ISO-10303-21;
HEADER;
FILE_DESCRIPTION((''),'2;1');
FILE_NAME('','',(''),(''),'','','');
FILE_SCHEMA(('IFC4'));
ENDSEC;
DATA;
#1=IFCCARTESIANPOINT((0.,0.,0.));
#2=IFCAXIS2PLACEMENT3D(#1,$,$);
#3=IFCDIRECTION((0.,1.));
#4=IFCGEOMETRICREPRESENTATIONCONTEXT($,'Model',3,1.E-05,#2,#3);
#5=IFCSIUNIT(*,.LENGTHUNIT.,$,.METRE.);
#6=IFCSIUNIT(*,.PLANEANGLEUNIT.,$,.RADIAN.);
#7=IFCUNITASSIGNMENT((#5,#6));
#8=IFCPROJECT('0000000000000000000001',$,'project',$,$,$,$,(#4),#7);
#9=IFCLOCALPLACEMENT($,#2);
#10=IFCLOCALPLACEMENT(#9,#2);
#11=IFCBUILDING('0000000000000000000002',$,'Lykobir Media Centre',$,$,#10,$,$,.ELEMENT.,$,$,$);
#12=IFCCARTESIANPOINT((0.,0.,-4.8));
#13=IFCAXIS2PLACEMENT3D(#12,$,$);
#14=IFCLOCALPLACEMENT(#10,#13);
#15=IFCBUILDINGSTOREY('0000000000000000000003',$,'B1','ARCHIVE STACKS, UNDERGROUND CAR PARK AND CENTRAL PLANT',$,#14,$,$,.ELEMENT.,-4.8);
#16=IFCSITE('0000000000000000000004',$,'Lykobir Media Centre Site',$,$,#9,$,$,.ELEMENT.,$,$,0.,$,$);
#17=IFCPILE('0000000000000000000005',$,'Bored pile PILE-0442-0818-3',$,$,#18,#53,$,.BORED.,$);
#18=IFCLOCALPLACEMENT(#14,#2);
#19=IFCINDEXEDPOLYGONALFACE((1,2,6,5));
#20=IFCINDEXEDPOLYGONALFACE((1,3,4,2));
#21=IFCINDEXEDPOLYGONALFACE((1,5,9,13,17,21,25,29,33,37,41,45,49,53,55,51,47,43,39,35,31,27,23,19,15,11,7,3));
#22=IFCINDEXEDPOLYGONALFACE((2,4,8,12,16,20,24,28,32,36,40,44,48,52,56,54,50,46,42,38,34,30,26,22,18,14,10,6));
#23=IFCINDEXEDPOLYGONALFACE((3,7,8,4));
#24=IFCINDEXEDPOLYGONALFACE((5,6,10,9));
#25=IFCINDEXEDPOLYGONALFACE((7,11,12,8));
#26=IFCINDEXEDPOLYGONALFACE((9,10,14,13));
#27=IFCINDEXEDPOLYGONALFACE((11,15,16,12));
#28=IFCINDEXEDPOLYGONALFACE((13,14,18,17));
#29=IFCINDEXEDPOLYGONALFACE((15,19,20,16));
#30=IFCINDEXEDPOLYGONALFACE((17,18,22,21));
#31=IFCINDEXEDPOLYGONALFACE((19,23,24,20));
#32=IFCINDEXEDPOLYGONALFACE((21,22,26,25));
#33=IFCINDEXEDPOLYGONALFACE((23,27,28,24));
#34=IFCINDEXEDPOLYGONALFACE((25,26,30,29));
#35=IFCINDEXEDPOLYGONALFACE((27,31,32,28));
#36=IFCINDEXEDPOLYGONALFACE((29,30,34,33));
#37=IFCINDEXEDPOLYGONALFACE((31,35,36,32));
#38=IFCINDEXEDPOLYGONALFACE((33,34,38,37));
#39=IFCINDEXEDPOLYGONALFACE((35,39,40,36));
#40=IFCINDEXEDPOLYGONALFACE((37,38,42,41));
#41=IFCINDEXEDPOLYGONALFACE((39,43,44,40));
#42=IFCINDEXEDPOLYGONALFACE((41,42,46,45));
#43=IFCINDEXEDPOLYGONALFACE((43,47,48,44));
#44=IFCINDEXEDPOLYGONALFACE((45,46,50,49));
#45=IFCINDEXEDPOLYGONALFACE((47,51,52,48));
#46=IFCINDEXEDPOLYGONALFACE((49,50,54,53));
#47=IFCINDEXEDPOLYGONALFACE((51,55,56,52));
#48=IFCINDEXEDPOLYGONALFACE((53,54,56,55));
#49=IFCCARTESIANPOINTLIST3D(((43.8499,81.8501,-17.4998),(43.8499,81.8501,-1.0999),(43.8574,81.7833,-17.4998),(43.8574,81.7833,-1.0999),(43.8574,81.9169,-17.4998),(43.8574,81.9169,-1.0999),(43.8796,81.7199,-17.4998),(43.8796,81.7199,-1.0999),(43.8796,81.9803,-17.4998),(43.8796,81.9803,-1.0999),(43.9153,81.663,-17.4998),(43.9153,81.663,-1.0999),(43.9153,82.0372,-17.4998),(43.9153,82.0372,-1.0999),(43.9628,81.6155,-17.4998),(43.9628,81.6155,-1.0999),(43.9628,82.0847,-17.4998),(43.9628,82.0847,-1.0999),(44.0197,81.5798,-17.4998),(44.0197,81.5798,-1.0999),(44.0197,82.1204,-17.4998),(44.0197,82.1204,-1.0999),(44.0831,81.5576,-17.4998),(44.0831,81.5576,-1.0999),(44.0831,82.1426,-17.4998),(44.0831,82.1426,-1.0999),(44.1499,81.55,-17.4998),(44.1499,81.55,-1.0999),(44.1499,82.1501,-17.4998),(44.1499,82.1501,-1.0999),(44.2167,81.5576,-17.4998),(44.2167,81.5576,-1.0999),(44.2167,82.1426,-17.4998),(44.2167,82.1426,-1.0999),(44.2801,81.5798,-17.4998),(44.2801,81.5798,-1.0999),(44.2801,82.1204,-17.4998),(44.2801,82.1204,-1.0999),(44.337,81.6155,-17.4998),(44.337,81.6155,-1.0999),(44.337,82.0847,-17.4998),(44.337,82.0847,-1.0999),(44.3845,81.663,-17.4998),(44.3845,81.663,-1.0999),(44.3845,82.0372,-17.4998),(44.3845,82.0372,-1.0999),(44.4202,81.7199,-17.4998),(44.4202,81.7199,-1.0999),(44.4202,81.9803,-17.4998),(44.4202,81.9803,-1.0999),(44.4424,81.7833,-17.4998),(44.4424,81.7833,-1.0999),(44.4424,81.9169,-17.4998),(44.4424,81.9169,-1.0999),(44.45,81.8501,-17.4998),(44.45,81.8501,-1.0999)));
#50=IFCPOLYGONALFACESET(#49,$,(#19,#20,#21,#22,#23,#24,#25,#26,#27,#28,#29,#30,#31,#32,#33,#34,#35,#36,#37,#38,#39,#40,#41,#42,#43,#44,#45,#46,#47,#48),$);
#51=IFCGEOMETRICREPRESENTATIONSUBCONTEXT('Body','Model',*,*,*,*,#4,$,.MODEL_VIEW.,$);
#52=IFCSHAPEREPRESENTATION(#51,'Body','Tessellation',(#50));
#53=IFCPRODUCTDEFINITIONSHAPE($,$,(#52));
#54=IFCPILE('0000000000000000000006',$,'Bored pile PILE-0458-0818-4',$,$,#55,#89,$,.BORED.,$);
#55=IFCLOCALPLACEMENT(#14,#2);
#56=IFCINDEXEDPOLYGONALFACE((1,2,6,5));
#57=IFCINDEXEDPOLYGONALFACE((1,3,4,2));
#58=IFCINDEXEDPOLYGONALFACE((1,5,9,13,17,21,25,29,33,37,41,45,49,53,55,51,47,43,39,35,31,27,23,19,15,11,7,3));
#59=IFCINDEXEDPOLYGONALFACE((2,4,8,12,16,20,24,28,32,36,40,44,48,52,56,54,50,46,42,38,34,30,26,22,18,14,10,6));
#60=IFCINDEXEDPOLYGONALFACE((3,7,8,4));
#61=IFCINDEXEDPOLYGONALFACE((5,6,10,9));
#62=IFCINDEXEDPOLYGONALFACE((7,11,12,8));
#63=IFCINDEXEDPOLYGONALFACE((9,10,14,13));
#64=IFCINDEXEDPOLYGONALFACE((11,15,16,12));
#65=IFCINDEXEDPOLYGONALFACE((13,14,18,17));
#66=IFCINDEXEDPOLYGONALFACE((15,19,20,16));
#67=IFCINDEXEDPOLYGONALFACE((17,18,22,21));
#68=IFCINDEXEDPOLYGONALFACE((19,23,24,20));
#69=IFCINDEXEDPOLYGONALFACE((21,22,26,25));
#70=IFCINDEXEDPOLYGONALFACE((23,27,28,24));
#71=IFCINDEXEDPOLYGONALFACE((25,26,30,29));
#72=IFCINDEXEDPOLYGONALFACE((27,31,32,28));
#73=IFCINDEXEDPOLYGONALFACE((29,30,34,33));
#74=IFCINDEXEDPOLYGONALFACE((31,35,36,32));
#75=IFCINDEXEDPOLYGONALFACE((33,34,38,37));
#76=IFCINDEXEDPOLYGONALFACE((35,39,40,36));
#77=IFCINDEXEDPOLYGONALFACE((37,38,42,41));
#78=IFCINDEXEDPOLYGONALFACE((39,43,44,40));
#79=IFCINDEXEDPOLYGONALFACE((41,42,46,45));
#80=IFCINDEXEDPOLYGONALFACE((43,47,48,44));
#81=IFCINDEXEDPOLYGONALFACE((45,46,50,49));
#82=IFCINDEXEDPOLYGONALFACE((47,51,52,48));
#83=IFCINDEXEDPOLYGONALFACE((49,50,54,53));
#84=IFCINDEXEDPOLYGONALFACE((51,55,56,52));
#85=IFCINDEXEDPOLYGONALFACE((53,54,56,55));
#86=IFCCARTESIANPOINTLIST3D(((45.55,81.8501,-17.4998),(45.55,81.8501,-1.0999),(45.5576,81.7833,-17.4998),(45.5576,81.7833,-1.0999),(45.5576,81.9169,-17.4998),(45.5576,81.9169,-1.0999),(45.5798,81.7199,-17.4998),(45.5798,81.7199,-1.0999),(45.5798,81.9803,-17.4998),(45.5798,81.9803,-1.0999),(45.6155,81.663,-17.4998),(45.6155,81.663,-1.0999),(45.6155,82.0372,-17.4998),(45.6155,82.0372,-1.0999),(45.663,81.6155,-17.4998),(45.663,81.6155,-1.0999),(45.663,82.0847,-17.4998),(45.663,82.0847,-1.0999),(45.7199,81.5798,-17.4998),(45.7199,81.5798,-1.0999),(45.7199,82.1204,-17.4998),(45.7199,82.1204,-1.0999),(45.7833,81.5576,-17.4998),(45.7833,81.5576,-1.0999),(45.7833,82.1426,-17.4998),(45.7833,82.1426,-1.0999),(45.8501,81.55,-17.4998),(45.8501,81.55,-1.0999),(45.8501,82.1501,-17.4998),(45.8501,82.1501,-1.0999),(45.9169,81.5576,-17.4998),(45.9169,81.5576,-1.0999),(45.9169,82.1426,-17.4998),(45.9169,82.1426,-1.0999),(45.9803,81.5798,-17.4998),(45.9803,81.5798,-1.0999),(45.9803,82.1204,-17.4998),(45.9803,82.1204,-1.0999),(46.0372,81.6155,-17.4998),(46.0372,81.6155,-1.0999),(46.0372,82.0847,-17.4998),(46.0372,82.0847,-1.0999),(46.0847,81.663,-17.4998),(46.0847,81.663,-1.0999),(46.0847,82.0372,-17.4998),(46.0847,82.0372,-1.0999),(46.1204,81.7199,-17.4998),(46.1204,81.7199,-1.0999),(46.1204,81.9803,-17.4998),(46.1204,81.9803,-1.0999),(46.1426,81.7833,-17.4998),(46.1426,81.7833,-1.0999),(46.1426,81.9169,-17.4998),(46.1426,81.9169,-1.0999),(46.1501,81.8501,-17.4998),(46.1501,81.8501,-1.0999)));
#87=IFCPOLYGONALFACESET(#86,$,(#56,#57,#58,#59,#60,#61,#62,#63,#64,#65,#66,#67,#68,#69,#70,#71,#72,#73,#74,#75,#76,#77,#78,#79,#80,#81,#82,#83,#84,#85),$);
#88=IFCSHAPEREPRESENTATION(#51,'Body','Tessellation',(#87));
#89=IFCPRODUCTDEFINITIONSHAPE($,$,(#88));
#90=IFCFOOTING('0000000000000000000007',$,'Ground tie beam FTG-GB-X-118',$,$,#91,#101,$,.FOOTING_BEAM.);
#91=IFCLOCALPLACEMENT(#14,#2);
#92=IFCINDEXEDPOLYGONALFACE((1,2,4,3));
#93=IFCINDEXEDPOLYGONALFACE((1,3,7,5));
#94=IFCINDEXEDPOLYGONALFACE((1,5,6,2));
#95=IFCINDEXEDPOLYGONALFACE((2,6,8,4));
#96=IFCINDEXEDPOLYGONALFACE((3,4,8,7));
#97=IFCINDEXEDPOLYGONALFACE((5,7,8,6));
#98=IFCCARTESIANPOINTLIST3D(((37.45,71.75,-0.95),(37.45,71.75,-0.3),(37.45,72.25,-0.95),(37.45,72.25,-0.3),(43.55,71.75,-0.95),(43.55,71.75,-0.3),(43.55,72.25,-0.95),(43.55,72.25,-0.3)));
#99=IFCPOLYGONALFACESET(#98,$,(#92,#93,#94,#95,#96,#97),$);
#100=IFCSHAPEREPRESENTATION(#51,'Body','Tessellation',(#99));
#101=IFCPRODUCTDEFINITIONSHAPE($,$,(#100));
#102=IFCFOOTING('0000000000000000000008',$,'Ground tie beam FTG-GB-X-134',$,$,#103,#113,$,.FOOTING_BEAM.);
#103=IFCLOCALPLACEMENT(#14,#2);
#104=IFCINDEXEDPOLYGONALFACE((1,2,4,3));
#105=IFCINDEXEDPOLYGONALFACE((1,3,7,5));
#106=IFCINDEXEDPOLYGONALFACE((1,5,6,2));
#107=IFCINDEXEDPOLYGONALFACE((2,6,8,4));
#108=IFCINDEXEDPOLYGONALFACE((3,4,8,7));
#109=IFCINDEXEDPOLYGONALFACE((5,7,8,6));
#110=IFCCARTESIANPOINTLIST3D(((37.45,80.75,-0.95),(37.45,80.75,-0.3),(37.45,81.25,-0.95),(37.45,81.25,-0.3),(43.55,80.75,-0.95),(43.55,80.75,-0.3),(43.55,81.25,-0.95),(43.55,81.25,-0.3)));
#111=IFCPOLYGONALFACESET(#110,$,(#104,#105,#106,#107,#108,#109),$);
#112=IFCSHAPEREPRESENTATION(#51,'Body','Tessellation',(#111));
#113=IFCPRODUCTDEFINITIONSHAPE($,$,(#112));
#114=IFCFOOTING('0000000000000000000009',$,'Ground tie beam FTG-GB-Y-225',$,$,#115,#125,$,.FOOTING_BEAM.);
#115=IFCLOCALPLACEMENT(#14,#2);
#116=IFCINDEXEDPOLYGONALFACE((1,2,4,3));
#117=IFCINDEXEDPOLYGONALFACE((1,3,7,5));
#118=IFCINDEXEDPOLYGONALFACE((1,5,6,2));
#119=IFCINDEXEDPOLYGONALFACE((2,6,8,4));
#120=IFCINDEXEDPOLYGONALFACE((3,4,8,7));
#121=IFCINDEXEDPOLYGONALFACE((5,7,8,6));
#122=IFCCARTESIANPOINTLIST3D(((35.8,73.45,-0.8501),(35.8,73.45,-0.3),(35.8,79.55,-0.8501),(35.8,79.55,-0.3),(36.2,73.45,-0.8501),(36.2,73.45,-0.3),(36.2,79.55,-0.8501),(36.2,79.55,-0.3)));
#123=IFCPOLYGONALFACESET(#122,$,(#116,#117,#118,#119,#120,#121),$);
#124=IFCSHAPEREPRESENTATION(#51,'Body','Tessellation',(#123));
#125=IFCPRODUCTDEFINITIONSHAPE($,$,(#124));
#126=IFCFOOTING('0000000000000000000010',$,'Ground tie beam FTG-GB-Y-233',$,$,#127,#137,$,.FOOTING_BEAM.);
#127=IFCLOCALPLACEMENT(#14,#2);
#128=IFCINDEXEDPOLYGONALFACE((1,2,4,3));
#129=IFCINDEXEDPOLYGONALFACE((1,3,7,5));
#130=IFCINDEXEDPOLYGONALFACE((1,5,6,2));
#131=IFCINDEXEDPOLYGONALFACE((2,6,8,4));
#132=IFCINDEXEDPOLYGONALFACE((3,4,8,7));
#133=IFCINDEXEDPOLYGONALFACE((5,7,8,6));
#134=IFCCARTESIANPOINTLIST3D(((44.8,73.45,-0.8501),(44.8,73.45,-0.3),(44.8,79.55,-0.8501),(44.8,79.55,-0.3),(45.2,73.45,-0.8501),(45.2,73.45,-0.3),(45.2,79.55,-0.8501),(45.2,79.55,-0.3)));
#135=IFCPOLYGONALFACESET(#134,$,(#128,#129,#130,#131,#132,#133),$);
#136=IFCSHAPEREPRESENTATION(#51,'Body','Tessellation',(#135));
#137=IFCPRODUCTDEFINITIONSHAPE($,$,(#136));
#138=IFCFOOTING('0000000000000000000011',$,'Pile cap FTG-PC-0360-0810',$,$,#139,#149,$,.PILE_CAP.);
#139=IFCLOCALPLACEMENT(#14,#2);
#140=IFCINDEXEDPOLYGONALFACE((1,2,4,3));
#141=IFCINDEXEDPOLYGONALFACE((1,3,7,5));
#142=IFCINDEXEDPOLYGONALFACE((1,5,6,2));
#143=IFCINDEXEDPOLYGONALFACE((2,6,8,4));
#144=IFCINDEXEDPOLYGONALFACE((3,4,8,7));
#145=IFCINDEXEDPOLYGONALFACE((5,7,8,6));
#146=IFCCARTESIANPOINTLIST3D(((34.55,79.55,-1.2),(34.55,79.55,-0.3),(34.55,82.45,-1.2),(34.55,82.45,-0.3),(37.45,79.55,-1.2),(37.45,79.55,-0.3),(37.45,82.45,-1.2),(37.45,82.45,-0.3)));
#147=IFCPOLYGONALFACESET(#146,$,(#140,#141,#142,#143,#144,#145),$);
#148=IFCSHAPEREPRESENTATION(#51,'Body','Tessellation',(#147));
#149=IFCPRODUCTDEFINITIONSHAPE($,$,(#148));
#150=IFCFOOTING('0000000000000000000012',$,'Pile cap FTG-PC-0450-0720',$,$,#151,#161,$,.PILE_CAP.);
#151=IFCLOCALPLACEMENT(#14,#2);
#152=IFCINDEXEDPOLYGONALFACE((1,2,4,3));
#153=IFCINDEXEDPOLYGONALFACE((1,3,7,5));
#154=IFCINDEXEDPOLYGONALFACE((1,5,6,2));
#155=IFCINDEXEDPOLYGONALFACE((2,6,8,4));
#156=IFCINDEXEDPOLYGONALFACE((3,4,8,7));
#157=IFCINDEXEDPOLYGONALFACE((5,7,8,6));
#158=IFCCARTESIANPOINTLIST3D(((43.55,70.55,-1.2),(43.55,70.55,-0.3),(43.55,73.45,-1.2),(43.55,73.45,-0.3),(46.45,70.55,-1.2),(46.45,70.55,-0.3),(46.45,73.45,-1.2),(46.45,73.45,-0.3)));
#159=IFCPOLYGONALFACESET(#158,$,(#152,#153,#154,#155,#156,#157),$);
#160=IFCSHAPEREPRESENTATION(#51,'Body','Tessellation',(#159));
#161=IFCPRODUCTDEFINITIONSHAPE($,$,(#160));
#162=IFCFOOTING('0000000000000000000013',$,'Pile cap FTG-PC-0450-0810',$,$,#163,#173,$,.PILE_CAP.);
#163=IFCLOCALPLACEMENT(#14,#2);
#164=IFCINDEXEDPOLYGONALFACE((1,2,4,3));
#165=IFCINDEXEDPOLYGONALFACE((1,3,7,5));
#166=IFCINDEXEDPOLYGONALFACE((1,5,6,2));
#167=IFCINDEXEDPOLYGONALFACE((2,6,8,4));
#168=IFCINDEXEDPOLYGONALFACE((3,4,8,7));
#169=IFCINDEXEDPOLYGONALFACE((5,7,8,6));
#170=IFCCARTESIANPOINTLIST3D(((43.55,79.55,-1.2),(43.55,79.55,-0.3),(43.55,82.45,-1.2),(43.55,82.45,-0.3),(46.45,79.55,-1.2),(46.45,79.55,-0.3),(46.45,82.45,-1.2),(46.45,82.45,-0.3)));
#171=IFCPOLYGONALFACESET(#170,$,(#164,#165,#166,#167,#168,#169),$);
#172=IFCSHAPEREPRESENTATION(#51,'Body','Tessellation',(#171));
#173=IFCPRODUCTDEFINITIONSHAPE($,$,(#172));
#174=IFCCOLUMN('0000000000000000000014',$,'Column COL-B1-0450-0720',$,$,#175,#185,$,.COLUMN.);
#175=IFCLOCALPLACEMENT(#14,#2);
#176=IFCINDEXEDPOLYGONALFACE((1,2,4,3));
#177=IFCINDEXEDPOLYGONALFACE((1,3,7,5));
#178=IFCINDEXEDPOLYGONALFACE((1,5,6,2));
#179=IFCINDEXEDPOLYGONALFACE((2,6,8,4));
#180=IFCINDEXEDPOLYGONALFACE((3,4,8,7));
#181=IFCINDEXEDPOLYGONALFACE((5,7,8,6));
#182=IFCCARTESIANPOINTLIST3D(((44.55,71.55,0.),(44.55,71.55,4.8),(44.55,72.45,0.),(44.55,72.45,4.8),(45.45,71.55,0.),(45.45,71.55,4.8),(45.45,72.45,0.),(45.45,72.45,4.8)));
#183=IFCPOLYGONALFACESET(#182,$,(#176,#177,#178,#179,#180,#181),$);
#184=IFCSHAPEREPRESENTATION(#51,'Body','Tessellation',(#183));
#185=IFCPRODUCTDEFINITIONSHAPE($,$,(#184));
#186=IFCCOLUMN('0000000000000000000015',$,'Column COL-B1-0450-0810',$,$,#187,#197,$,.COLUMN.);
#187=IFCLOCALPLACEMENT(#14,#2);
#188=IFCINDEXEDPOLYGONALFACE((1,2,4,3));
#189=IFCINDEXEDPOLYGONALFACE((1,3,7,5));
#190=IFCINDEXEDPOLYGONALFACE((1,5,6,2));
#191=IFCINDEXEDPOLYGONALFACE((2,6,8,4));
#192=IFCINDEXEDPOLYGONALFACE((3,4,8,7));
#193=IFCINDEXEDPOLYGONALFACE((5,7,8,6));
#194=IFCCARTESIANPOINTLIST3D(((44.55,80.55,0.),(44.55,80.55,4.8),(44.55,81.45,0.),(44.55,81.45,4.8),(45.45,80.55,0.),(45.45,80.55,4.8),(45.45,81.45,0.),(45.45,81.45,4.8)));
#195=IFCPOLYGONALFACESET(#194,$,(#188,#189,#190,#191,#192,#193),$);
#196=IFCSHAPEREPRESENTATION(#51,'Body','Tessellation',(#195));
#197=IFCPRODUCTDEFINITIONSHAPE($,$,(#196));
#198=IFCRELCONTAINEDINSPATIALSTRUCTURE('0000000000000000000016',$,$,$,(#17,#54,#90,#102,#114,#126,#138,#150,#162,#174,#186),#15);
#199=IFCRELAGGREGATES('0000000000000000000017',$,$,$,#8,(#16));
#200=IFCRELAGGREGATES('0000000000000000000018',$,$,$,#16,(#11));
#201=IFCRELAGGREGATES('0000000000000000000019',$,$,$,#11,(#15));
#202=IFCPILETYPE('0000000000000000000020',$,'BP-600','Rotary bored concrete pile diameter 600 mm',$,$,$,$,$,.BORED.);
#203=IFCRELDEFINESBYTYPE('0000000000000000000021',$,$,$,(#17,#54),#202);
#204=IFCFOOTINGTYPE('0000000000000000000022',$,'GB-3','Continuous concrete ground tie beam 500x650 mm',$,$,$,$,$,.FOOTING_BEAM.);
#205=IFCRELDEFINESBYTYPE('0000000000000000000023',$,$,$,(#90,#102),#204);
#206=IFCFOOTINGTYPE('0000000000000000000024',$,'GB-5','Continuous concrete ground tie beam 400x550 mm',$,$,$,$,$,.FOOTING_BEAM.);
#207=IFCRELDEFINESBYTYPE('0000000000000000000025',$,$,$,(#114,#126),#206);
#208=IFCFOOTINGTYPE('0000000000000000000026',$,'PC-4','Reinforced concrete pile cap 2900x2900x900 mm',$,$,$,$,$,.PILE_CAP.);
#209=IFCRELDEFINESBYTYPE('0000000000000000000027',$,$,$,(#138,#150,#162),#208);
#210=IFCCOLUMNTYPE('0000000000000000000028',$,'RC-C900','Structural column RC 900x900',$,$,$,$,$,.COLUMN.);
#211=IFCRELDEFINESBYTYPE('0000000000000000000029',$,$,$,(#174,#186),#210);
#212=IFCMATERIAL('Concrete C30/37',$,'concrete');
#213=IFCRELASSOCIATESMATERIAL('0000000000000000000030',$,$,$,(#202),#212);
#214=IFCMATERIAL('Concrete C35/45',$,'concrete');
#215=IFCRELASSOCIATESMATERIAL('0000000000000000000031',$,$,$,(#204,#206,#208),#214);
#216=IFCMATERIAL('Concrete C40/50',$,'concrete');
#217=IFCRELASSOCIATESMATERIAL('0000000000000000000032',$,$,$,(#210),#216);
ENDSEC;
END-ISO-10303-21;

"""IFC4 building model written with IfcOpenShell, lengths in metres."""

from ifc_helpers import new_model, si_unit, direction, frame, origin, origin_2d, place, context, subcontext, project, spatial, rectangle, circle, extrude, material, material_profile, profile_set, type_object, element, save


model = new_model("IFC4")

# Units and contexts
model_context = context("Model", 3, precision=1e-05, world=origin(), true_north=direction((0.0, 1.0)))
body_context = subcontext(model_context, "Body", "Model", "MODEL_VIEW")
ifc_project = project(units=[si_unit("LENGTHUNIT", "METRE"), si_unit("PLANEANGLEUNIT", "RADIAN")], contexts=[model_context])

# Site, building, storey
site_placement = place(None, origin())
site = spatial("IfcSite", under=ifc_project, at=site_placement, Name="Lykobir Media Centre Site", CompositionType="ELEMENT", RefElevation=0.0)
building_placement = place(site_placement, origin())
building = spatial("IfcBuilding", under=site, at=building_placement, Name="Lykobir Media Centre", CompositionType="ELEMENT")
storey_placement = place(building_placement, frame((0.0, 0.0, -4.8)))
storey = spatial("IfcBuildingStorey", under=building, at=storey_placement, Name="B1", Description="ARCHIVE STACKS, UNDERGROUND CAR PARK AND CENTRAL PLANT", CompositionType="ELEMENT", Elevation=-4.8)

# Piles
ifc_material_1 = material(Name="Concrete C30/37", Category="concrete")
ifc_material_profile_1 = material_profile(ifc_material_1, circle(Radius=0.3, at=origin_2d()), Name="BORED PILE D600")
ifc_profile_set_1 = profile_set([ifc_material_profile_1], Name="Concrete C30/37")
pile_type = type_object("IfcPileType", Name="BP-600", Description="Rotary bored concrete pile diameter 600 mm", PredefinedType="BORED", material=ifc_profile_set_1)
for number, where, z_axis, x_axis, name in (
    (1, (44.1499, 81.8501, -1.0999), (0.0, 0.0, -1.0), (1.0, 0.0, 0.0), "Bored pile PILE-0442-0818-3"),
    (2, (45.8501, 81.8501, -1.0999), (0.0, 0.0, -1.0), (1.0, 0.0, 0.0), "Bored pile PILE-0458-0818-4"),
):
    element("IfcPile", number, at=place(storey_placement, frame(where, z_axis=z_axis, x_axis=x_axis)), inside=storey, type_object=pile_type, Name=name, PredefinedType="BORED", context=body_context, shape_type="SweptSolid", body=[
        extrude(circle(Radius=0.3, at=origin_2d()), origin(), (0.0, 0.0, 1.0), 16.3999),
    ])

# Footings
ifc_material_2 = material(Name="Concrete C35/45", Category="concrete")
footing_type_1 = type_object("IfcFootingType", Name="GB-3", Description="Continuous concrete ground tie beam 500x650 mm", PredefinedType="FOOTING_BEAM", material=ifc_material_2)
for number, where, z_axis, x_axis, name in (
    (3, (40.5, 72.0, -0.95), (0.0, 0.0, 1.0), (1.0, 0.0, 0.0), "Ground tie beam FTG-GB-X-118"),
    (4, (40.5, 81.0, -0.95), (0.0, 0.0, 1.0), (1.0, 0.0, 0.0), "Ground tie beam FTG-GB-X-134"),
):
    element("IfcFooting", number, at=place(storey_placement, frame(where, z_axis=z_axis, x_axis=x_axis)), inside=storey, type_object=footing_type_1, Name=name, PredefinedType="FOOTING_BEAM", context=body_context, shape_type="SweptSolid", body=[
        extrude(rectangle(XDim=6.1001, YDim=0.5, at=origin_2d()), origin(), (0.0, 0.0, 1.0), 0.6499),
    ])
footing_type_2 = type_object("IfcFootingType", Name="GB-5", Description="Continuous concrete ground tie beam 400x550 mm", PredefinedType="FOOTING_BEAM", material=ifc_material_2)
for number, where, z_axis, x_axis, name in (
    (5, (36.0, 76.5, -0.8501), (0.0, 0.0, 1.0), (0.0, 1.0, 0.0), "Ground tie beam FTG-GB-Y-225"),
    (6, (45.0, 76.5, -0.8501), (0.0, 0.0, 1.0), (0.0, 1.0, 0.0), "Ground tie beam FTG-GB-Y-233"),
):
    element("IfcFooting", number, at=place(storey_placement, frame(where, z_axis=z_axis, x_axis=x_axis)), inside=storey, type_object=footing_type_2, Name=name, PredefinedType="FOOTING_BEAM", context=body_context, shape_type="SweptSolid", body=[
        extrude(rectangle(XDim=6.1001, YDim=0.3999, at=origin_2d()), origin(), (0.0, 0.0, 1.0), 0.55),
    ])
footing_type_3 = type_object("IfcFootingType", Name="PC-4", Description="Reinforced concrete pile cap 2900x2900x900 mm", PredefinedType="PILE_CAP", material=ifc_material_2)
for number, where, z_axis, x_axis, name in (
    (7, (36.0, 81.0, -1.2), (0.0, 0.0, 1.0), (1.0, 0.0, 0.0), "Pile cap FTG-PC-0360-0810"),
    (8, (45.0, 72.0, -1.2), (0.0, 0.0, 1.0), (1.0, 0.0, 0.0), "Pile cap FTG-PC-0450-0720"),
    (9, (45.0, 81.0, -1.2), (0.0, 0.0, 1.0), (1.0, 0.0, 0.0), "Pile cap FTG-PC-0450-0810"),
):
    element("IfcFooting", number, at=place(storey_placement, frame(where, z_axis=z_axis, x_axis=x_axis)), inside=storey, type_object=footing_type_3, Name=name, PredefinedType="PILE_CAP", context=body_context, shape_type="SweptSolid", body=[
        extrude(rectangle(XDim=2.8999, YDim=2.8999, at=origin_2d()), origin(), (0.0, 0.0, 1.0), 0.8999),
    ])

# Columns
ifc_material_3 = material(Name="Concrete C40/50", Category="concrete")
ifc_material_profile_2 = material_profile(ifc_material_3, rectangle(XDim=0.8999, YDim=0.8999, at=origin_2d()), Name="RC 900x900")
ifc_profile_set_2 = profile_set([ifc_material_profile_2], Name="Concrete C40/50")
column_type_1 = type_object("IfcColumnType", Name="RC-C900", Description="Structural column RC 900x900", PredefinedType="COLUMN", material=ifc_profile_set_2)
for number, where, z_axis, x_axis, name in (
    (10, (45.0, 72.0, 0.0), (0.0, 0.0, 1.0), (1.0, 0.0, 0.0), "Column COL-B1-0450-0720"),
    (11, (45.0, 81.0, 0.0), (0.0, 0.0, 1.0), (1.0, 0.0, 0.0), "Column COL-B1-0450-0810"),
):
    element("IfcColumn", number, at=place(storey_placement, frame(where, z_axis=z_axis, x_axis=x_axis)), inside=storey, type_object=column_type_1, Name=name, PredefinedType="COLUMN", context=body_context, shape_type="SweptSolid", body=[
        extrude(rectangle(XDim=0.8999, YDim=0.8999, at=origin_2d()), origin(), (0.0, 0.0, 1.0), 4.8),
    ])

save(model, "model.ifc")
